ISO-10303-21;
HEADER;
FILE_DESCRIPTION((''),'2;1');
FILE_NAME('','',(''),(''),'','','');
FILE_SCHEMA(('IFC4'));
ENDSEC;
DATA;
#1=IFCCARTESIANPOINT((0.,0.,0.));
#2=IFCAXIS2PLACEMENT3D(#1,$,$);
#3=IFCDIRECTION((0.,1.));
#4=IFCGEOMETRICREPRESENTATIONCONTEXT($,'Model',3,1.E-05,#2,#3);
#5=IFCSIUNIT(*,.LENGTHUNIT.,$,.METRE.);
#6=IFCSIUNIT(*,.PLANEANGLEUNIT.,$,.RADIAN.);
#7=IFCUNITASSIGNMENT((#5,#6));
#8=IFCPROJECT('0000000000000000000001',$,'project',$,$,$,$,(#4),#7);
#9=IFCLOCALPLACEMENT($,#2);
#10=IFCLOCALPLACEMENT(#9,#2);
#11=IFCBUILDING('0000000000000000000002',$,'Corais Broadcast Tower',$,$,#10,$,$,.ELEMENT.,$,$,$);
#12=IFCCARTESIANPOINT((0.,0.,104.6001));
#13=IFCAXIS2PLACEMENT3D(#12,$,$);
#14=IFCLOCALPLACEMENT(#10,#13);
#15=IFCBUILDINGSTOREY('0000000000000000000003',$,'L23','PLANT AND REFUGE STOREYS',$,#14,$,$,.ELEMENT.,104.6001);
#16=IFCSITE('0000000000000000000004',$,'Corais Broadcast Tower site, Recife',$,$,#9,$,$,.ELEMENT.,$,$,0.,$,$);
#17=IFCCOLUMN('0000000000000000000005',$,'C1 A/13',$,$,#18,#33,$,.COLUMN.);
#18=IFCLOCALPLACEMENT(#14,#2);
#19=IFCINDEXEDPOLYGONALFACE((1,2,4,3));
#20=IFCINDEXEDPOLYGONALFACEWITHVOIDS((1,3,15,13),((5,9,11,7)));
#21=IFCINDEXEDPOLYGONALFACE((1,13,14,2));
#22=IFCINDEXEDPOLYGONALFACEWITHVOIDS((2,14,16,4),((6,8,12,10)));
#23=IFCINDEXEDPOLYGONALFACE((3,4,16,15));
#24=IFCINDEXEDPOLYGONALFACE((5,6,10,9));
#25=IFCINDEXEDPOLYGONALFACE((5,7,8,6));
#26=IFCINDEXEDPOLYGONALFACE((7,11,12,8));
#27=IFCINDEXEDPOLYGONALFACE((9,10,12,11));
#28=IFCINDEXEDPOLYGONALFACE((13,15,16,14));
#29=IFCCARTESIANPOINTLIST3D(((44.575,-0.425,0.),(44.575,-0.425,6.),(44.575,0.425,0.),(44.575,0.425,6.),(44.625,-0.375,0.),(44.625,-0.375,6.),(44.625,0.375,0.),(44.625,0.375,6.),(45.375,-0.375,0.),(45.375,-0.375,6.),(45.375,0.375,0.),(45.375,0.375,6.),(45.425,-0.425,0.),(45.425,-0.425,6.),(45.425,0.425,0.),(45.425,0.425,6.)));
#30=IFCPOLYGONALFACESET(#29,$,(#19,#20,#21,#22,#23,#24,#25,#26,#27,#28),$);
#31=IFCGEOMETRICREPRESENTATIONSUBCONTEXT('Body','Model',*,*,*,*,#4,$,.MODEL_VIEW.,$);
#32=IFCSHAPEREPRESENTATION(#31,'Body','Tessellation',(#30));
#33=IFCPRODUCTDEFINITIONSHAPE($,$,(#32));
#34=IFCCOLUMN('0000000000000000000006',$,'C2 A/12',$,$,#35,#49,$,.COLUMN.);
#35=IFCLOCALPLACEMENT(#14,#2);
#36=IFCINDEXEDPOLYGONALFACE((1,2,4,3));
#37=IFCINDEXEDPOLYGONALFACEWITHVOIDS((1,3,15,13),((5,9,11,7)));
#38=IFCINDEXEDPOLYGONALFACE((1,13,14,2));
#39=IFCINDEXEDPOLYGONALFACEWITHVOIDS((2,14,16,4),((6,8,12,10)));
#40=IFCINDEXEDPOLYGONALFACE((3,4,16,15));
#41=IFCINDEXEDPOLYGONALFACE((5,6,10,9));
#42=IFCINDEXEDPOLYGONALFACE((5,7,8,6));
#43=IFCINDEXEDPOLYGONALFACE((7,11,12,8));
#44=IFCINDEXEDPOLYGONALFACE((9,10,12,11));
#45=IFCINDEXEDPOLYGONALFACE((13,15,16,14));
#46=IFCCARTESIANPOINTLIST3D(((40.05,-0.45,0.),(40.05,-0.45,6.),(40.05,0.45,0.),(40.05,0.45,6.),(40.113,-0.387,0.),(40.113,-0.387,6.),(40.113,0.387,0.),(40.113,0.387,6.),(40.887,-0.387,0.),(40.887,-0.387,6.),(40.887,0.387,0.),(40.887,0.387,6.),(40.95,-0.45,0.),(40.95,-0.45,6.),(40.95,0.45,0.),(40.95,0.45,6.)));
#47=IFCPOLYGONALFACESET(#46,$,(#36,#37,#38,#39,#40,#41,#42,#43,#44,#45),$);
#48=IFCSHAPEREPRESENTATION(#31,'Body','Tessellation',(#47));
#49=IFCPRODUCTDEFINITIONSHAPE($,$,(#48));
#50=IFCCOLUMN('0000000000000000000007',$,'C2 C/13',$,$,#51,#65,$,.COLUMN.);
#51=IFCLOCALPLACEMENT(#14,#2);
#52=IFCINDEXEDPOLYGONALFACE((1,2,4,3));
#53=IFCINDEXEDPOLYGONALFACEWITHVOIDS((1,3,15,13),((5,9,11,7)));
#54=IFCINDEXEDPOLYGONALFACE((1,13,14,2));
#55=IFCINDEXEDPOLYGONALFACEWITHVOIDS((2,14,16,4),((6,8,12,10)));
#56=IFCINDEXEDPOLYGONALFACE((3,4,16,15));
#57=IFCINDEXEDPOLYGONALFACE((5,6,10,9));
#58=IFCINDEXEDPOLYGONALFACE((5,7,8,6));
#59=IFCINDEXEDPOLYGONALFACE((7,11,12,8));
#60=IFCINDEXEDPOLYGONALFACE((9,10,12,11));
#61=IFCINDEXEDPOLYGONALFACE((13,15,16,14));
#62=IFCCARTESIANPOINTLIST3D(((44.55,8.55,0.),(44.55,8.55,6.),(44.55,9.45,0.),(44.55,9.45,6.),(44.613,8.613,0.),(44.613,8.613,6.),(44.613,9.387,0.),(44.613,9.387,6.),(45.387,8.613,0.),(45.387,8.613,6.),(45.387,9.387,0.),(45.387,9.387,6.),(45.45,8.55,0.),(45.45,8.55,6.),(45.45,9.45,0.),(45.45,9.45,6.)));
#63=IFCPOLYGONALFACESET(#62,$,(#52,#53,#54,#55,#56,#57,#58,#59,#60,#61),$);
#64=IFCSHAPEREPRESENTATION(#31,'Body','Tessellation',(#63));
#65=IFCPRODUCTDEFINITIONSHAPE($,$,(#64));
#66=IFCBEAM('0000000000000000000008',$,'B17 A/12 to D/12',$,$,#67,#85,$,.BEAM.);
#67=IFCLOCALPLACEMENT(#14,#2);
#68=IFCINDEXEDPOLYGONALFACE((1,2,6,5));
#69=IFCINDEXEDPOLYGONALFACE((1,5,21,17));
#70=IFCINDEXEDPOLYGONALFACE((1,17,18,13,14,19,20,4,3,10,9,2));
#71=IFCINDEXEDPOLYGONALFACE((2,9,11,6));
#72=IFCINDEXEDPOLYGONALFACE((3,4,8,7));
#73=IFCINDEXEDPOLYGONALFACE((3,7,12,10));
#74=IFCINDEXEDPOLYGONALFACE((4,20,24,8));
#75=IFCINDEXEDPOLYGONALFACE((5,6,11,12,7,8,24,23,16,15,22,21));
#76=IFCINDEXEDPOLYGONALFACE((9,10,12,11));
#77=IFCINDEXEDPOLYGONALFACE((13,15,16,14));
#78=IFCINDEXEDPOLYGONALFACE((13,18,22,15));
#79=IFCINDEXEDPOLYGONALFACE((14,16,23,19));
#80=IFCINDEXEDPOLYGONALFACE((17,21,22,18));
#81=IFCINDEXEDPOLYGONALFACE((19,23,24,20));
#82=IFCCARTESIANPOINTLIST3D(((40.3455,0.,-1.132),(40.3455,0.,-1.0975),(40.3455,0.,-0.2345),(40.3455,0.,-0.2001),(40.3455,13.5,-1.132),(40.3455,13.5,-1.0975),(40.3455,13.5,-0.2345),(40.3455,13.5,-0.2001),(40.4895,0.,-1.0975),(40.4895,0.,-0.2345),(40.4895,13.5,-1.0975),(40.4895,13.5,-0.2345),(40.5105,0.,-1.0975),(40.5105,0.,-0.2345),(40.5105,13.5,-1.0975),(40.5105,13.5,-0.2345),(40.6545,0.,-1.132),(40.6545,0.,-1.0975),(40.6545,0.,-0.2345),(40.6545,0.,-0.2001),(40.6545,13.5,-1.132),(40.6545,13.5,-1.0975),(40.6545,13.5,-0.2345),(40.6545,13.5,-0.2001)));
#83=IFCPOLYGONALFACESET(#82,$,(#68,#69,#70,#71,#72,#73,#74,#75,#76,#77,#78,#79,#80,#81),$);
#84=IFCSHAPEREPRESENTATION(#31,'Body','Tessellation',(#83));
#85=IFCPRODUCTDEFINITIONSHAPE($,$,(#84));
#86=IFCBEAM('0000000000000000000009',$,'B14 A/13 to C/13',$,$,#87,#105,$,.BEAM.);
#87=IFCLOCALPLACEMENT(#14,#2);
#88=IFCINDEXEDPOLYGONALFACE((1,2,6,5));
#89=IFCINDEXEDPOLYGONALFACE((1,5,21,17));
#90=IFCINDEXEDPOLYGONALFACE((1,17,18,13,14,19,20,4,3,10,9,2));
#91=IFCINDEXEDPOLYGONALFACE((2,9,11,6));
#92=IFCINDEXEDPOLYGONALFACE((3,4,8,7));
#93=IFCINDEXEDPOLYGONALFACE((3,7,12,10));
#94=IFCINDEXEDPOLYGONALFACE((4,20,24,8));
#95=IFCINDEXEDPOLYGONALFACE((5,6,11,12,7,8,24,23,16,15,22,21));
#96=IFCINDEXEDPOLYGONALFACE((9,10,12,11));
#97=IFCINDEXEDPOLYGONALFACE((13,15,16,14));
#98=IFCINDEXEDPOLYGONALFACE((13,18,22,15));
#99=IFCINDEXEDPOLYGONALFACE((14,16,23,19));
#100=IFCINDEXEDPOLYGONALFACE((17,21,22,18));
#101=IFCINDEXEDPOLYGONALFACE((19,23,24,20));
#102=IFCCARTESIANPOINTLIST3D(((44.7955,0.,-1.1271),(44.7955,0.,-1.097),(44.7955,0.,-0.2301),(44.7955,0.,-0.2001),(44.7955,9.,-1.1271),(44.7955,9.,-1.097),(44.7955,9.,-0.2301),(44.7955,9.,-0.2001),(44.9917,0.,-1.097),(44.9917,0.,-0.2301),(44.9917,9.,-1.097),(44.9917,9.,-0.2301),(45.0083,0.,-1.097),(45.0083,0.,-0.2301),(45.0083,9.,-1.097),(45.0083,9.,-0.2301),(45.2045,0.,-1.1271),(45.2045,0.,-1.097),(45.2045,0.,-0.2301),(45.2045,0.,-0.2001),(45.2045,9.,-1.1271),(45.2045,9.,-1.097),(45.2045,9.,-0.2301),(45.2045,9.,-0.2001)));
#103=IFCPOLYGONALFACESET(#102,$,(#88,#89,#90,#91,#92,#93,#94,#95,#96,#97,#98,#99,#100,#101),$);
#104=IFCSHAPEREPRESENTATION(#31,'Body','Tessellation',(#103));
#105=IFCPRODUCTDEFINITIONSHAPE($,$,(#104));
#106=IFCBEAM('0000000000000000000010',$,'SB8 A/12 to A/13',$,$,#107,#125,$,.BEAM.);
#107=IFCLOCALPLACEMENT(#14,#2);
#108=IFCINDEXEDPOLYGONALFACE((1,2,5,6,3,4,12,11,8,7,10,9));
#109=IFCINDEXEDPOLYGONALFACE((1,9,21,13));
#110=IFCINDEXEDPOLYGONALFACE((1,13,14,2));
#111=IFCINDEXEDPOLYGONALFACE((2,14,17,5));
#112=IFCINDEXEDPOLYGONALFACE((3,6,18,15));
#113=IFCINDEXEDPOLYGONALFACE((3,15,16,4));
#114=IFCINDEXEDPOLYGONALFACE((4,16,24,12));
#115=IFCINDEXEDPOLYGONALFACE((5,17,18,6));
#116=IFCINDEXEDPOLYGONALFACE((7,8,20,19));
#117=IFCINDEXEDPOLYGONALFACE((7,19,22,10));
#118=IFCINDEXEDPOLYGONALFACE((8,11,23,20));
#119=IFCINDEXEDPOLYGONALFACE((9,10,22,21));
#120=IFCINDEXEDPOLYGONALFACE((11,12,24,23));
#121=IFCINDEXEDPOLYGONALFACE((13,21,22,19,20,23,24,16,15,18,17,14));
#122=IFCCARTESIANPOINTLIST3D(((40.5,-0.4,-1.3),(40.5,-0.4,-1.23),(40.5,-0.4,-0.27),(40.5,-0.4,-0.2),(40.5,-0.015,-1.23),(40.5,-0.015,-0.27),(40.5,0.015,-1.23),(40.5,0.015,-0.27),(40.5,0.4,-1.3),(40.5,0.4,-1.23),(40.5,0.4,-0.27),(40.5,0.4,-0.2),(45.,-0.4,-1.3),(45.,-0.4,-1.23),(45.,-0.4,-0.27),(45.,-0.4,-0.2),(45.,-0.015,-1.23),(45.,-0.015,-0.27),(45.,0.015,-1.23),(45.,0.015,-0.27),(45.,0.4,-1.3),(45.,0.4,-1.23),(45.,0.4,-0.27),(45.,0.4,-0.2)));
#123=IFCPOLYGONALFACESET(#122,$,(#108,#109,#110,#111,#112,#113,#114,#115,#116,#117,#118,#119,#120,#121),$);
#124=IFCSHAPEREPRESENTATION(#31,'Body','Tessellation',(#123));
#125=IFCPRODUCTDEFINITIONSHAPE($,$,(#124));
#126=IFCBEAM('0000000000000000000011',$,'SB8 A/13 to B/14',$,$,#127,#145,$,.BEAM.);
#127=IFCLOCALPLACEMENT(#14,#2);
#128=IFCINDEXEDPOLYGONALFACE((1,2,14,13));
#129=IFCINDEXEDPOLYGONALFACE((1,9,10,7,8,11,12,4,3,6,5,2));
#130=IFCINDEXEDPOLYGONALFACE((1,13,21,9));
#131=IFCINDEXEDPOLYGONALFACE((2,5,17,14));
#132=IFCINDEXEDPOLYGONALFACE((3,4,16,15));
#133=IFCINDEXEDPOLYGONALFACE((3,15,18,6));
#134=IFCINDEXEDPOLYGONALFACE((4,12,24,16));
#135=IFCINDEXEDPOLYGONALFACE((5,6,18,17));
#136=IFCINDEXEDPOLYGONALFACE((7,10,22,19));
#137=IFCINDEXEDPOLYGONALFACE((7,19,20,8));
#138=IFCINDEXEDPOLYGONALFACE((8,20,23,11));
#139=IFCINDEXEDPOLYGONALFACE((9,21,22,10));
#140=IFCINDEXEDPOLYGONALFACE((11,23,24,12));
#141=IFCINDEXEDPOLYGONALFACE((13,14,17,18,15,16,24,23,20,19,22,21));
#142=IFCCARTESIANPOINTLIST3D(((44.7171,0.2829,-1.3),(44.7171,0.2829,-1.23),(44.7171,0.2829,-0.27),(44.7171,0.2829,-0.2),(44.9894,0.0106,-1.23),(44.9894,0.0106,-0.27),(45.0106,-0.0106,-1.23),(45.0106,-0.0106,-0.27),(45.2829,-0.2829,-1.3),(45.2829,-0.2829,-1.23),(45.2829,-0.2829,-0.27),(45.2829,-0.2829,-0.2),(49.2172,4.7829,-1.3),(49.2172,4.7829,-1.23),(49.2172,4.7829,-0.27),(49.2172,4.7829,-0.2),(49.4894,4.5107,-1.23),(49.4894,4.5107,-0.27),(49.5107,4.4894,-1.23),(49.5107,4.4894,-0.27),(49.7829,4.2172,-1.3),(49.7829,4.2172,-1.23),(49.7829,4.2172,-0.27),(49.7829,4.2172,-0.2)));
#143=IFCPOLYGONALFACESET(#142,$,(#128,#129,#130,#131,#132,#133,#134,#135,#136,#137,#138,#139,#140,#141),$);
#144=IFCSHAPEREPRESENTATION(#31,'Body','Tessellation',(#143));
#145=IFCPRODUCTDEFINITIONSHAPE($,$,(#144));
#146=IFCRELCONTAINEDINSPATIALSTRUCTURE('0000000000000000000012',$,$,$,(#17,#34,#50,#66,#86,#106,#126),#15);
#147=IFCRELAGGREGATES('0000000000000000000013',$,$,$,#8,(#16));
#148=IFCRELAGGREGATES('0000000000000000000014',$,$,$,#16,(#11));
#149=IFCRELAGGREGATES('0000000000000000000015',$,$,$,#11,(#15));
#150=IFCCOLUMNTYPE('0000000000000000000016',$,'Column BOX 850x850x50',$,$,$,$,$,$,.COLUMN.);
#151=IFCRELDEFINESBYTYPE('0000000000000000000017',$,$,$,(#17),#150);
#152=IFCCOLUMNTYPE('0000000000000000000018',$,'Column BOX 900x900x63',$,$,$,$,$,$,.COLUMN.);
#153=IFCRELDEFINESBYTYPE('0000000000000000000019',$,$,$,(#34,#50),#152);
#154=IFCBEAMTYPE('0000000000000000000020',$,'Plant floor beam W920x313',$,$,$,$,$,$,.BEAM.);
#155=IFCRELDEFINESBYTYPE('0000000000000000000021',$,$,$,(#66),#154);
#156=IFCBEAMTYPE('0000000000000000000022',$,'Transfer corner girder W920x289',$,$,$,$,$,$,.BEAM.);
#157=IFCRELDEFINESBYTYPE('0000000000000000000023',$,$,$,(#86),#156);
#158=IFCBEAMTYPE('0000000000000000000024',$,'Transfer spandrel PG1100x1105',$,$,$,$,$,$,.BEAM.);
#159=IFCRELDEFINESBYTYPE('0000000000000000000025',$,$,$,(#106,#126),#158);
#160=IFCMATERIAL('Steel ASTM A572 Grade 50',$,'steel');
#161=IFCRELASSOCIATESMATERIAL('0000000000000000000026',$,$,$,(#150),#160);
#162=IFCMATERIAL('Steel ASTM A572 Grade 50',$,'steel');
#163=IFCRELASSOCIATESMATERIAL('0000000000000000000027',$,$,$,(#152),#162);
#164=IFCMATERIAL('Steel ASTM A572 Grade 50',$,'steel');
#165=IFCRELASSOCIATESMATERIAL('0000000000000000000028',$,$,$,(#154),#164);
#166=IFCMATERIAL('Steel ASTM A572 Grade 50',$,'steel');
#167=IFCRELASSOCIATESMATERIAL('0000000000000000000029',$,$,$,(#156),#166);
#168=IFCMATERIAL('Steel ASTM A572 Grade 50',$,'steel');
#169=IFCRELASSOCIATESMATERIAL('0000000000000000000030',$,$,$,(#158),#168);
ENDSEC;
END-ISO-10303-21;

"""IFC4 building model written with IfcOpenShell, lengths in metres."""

from ifc_helpers import new_model, si_unit, direction, frame, origin, origin_2d, place, context, subcontext, project, spatial, hollow_rectangle, i_section, extrude, material, material_profile, profile_set, type_object, element, save


model = new_model("IFC4")

# Units and contexts
model_context = context("Model", 3, precision=1e-05, world=origin(), true_north=direction((0.0, 1.0)))
body_context = subcontext(model_context, "Body", "Model", "MODEL_VIEW")
ifc_project = project(units=[si_unit("LENGTHUNIT", "METRE"), si_unit("PLANEANGLEUNIT", "RADIAN")], contexts=[model_context])

# Site, building, storey
site_placement = place(None, origin())
site = spatial("IfcSite", under=ifc_project, at=site_placement, Name="Corais Broadcast Tower site, Recife", CompositionType="ELEMENT", RefElevation=0.0)
building_placement = place(site_placement, origin())
building = spatial("IfcBuilding", under=site, at=building_placement, Name="Corais Broadcast Tower", CompositionType="ELEMENT")
storey_placement = place(building_placement, frame((0.0, 0.0, 104.6001)))
storey = spatial("IfcBuildingStorey", under=building, at=storey_placement, Name="L23", Description="PLANT AND REFUGE STOREYS", CompositionType="ELEMENT", Elevation=104.6001)

# Columns
ifc_material_1 = material(Name="Steel ASTM A572 Grade 50", Category="steel")
ifc_material_profile_1 = material_profile(ifc_material_1, hollow_rectangle(XDim=0.8501, YDim=0.8501, WallThickness=0.05, at=origin_2d()), Name="BOX 850x850x50")
ifc_profile_set_1 = profile_set([ifc_material_profile_1], Name="Steel ASTM A572 Grade 50")
column_type_1 = type_object("IfcColumnType", Name="Column BOX 850x850x50", PredefinedType="COLUMN", material=ifc_profile_set_1)
column_placement = place(storey_placement, frame((45.0, 0.0, 0.0), z_axis=(0.0, 0.0, 1.0), x_axis=(1.0, 0.0, 0.0)))
element("IfcColumn", 1, at=column_placement, inside=storey, type_object=column_type_1, Name="C1 A/13", PredefinedType="COLUMN", context=body_context, shape_type="SweptSolid", body=[
    extrude(hollow_rectangle(XDim=0.8501, YDim=0.8501, WallThickness=0.05, at=origin_2d()), origin(), (0.0, 0.0, 1.0), 6.0),
])
ifc_material_2 = material(Name="Steel ASTM A572 Grade 50", Category="steel")
ifc_material_profile_2 = material_profile(ifc_material_2, hollow_rectangle(XDim=0.8999, YDim=0.8999, WallThickness=0.063, at=origin_2d()), Name="BOX 900x900x63")
ifc_profile_set_2 = profile_set([ifc_material_profile_2], Name="Steel ASTM A572 Grade 50")
column_type_2 = type_object("IfcColumnType", Name="Column BOX 900x900x63", PredefinedType="COLUMN", material=ifc_profile_set_2)
for number, where, z_axis, x_axis, name in (
    (2, (40.5, 0.0, 0.0), (0.0, 0.0, 1.0), (1.0, 0.0, 0.0), "C2 A/12"),
    (3, (45.0, 9.0, 0.0), (0.0, 0.0, 1.0), (1.0, 0.0, 0.0), "C2 C/13"),
):
    element("IfcColumn", number, at=place(storey_placement, frame(where, z_axis=z_axis, x_axis=x_axis)), inside=storey, type_object=column_type_2, Name=name, PredefinedType="COLUMN", context=body_context, shape_type="SweptSolid", body=[
        extrude(hollow_rectangle(XDim=0.8999, YDim=0.8999, WallThickness=0.063, at=origin_2d()), origin(), (0.0, 0.0, 1.0), 6.0),
    ])

# Beams
ifc_material_3 = material(Name="Steel ASTM A572 Grade 50", Category="steel")
ifc_material_profile_3 = material_profile(ifc_material_3, i_section(OverallWidth=0.3091, OverallDepth=0.9319, WebThickness=0.021, FlangeThickness=0.0344, at=origin_2d()), Name="W920x313")
ifc_profile_set_3 = profile_set([ifc_material_profile_3], Name="Steel ASTM A572 Grade 50")
beam_type_1 = type_object("IfcBeamType", Name="Plant floor beam W920x313", PredefinedType="BEAM", material=ifc_profile_set_3)
beam_1_placement = place(storey_placement, frame((40.5, 0.0, -0.666), z_axis=(0.0, 1.0, 0.0), x_axis=(-1.0, 0.0, 0.0)))
element("IfcBeam", 4, at=beam_1_placement, inside=storey, type_object=beam_type_1, Name="B17 A/12 to D/12", PredefinedType="BEAM", context=body_context, shape_type="SweptSolid", body=[
    extrude(i_section(OverallWidth=0.3091, OverallDepth=0.9319, WebThickness=0.021, FlangeThickness=0.0344, at=origin_2d()), origin(), (0.0, 0.0, 1.0), 13.5),
])
ifc_material_4 = material(Name="Steel ASTM A572 Grade 50", Category="steel")
ifc_material_profile_4 = material_profile(ifc_material_4, i_section(OverallWidth=0.4089, OverallDepth=0.927, WebThickness=0.0166, FlangeThickness=0.03, at=origin_2d()), Name="W920x289")
ifc_profile_set_4 = profile_set([ifc_material_profile_4], Name="Steel ASTM A572 Grade 50")
beam_type_2 = type_object("IfcBeamType", Name="Transfer corner girder W920x289", PredefinedType="BEAM", material=ifc_profile_set_4)
beam_2_placement = place(storey_placement, frame((45.0, 0.0, -0.6636), z_axis=(0.0, 1.0, 0.0), x_axis=(-1.0, 0.0, 0.0)))
element("IfcBeam", 5, at=beam_2_placement, inside=storey, type_object=beam_type_2, Name="B14 A/13 to C/13", PredefinedType="BEAM", context=body_context, shape_type="SweptSolid", body=[
    extrude(i_section(OverallWidth=0.4089, OverallDepth=0.927, WebThickness=0.0166, FlangeThickness=0.03, at=origin_2d()), origin(), (0.0, 0.0, 1.0), 9.0),
])
ifc_material_5 = material(Name="Steel ASTM A572 Grade 50", Category="steel")
ifc_material_profile_5 = material_profile(ifc_material_5, i_section(OverallWidth=0.8, OverallDepth=1.1001, WebThickness=0.03, FlangeThickness=0.0701, at=origin_2d()), Name="PG1100x1105")
ifc_profile_set_5 = profile_set([ifc_material_profile_5], Name="Steel ASTM A572 Grade 50")
beam_type_3 = type_object("IfcBeamType", Name="Transfer spandrel PG1100x1105", PredefinedType="BEAM", material=ifc_profile_set_5)
beam_3_placement = place(storey_placement, frame((40.5, 0.0, -0.75), z_axis=(1.0, 0.0, 0.0), x_axis=(0.0, 1.0, 0.0)))
element("IfcBeam", 6, at=beam_3_placement, inside=storey, type_object=beam_type_3, Name="SB8 A/12 to A/13", PredefinedType="BEAM", context=body_context, shape_type="SweptSolid", body=[
    extrude(i_section(OverallWidth=0.8, OverallDepth=1.1001, WebThickness=0.03, FlangeThickness=0.0701, at=origin_2d()), origin(), (0.0, 0.0, 1.0), 4.5),
])
beam_4_placement = place(storey_placement, frame((45.0, 0.0, -0.75), z_axis=(0.707107, 0.707107, 0.0), x_axis=(-0.707107, 0.707107, 0.0)))
element("IfcBeam", 7, at=beam_4_placement, inside=storey, type_object=beam_type_3, Name="SB8 A/13 to B/14", PredefinedType="BEAM", context=body_context, shape_type="SweptSolid", body=[
    extrude(i_section(OverallWidth=0.8, OverallDepth=1.1001, WebThickness=0.03, FlangeThickness=0.0701, at=origin_2d()), origin(), (0.0, 0.0, 1.0), 6.364),
])

save(model, "model.ifc")
